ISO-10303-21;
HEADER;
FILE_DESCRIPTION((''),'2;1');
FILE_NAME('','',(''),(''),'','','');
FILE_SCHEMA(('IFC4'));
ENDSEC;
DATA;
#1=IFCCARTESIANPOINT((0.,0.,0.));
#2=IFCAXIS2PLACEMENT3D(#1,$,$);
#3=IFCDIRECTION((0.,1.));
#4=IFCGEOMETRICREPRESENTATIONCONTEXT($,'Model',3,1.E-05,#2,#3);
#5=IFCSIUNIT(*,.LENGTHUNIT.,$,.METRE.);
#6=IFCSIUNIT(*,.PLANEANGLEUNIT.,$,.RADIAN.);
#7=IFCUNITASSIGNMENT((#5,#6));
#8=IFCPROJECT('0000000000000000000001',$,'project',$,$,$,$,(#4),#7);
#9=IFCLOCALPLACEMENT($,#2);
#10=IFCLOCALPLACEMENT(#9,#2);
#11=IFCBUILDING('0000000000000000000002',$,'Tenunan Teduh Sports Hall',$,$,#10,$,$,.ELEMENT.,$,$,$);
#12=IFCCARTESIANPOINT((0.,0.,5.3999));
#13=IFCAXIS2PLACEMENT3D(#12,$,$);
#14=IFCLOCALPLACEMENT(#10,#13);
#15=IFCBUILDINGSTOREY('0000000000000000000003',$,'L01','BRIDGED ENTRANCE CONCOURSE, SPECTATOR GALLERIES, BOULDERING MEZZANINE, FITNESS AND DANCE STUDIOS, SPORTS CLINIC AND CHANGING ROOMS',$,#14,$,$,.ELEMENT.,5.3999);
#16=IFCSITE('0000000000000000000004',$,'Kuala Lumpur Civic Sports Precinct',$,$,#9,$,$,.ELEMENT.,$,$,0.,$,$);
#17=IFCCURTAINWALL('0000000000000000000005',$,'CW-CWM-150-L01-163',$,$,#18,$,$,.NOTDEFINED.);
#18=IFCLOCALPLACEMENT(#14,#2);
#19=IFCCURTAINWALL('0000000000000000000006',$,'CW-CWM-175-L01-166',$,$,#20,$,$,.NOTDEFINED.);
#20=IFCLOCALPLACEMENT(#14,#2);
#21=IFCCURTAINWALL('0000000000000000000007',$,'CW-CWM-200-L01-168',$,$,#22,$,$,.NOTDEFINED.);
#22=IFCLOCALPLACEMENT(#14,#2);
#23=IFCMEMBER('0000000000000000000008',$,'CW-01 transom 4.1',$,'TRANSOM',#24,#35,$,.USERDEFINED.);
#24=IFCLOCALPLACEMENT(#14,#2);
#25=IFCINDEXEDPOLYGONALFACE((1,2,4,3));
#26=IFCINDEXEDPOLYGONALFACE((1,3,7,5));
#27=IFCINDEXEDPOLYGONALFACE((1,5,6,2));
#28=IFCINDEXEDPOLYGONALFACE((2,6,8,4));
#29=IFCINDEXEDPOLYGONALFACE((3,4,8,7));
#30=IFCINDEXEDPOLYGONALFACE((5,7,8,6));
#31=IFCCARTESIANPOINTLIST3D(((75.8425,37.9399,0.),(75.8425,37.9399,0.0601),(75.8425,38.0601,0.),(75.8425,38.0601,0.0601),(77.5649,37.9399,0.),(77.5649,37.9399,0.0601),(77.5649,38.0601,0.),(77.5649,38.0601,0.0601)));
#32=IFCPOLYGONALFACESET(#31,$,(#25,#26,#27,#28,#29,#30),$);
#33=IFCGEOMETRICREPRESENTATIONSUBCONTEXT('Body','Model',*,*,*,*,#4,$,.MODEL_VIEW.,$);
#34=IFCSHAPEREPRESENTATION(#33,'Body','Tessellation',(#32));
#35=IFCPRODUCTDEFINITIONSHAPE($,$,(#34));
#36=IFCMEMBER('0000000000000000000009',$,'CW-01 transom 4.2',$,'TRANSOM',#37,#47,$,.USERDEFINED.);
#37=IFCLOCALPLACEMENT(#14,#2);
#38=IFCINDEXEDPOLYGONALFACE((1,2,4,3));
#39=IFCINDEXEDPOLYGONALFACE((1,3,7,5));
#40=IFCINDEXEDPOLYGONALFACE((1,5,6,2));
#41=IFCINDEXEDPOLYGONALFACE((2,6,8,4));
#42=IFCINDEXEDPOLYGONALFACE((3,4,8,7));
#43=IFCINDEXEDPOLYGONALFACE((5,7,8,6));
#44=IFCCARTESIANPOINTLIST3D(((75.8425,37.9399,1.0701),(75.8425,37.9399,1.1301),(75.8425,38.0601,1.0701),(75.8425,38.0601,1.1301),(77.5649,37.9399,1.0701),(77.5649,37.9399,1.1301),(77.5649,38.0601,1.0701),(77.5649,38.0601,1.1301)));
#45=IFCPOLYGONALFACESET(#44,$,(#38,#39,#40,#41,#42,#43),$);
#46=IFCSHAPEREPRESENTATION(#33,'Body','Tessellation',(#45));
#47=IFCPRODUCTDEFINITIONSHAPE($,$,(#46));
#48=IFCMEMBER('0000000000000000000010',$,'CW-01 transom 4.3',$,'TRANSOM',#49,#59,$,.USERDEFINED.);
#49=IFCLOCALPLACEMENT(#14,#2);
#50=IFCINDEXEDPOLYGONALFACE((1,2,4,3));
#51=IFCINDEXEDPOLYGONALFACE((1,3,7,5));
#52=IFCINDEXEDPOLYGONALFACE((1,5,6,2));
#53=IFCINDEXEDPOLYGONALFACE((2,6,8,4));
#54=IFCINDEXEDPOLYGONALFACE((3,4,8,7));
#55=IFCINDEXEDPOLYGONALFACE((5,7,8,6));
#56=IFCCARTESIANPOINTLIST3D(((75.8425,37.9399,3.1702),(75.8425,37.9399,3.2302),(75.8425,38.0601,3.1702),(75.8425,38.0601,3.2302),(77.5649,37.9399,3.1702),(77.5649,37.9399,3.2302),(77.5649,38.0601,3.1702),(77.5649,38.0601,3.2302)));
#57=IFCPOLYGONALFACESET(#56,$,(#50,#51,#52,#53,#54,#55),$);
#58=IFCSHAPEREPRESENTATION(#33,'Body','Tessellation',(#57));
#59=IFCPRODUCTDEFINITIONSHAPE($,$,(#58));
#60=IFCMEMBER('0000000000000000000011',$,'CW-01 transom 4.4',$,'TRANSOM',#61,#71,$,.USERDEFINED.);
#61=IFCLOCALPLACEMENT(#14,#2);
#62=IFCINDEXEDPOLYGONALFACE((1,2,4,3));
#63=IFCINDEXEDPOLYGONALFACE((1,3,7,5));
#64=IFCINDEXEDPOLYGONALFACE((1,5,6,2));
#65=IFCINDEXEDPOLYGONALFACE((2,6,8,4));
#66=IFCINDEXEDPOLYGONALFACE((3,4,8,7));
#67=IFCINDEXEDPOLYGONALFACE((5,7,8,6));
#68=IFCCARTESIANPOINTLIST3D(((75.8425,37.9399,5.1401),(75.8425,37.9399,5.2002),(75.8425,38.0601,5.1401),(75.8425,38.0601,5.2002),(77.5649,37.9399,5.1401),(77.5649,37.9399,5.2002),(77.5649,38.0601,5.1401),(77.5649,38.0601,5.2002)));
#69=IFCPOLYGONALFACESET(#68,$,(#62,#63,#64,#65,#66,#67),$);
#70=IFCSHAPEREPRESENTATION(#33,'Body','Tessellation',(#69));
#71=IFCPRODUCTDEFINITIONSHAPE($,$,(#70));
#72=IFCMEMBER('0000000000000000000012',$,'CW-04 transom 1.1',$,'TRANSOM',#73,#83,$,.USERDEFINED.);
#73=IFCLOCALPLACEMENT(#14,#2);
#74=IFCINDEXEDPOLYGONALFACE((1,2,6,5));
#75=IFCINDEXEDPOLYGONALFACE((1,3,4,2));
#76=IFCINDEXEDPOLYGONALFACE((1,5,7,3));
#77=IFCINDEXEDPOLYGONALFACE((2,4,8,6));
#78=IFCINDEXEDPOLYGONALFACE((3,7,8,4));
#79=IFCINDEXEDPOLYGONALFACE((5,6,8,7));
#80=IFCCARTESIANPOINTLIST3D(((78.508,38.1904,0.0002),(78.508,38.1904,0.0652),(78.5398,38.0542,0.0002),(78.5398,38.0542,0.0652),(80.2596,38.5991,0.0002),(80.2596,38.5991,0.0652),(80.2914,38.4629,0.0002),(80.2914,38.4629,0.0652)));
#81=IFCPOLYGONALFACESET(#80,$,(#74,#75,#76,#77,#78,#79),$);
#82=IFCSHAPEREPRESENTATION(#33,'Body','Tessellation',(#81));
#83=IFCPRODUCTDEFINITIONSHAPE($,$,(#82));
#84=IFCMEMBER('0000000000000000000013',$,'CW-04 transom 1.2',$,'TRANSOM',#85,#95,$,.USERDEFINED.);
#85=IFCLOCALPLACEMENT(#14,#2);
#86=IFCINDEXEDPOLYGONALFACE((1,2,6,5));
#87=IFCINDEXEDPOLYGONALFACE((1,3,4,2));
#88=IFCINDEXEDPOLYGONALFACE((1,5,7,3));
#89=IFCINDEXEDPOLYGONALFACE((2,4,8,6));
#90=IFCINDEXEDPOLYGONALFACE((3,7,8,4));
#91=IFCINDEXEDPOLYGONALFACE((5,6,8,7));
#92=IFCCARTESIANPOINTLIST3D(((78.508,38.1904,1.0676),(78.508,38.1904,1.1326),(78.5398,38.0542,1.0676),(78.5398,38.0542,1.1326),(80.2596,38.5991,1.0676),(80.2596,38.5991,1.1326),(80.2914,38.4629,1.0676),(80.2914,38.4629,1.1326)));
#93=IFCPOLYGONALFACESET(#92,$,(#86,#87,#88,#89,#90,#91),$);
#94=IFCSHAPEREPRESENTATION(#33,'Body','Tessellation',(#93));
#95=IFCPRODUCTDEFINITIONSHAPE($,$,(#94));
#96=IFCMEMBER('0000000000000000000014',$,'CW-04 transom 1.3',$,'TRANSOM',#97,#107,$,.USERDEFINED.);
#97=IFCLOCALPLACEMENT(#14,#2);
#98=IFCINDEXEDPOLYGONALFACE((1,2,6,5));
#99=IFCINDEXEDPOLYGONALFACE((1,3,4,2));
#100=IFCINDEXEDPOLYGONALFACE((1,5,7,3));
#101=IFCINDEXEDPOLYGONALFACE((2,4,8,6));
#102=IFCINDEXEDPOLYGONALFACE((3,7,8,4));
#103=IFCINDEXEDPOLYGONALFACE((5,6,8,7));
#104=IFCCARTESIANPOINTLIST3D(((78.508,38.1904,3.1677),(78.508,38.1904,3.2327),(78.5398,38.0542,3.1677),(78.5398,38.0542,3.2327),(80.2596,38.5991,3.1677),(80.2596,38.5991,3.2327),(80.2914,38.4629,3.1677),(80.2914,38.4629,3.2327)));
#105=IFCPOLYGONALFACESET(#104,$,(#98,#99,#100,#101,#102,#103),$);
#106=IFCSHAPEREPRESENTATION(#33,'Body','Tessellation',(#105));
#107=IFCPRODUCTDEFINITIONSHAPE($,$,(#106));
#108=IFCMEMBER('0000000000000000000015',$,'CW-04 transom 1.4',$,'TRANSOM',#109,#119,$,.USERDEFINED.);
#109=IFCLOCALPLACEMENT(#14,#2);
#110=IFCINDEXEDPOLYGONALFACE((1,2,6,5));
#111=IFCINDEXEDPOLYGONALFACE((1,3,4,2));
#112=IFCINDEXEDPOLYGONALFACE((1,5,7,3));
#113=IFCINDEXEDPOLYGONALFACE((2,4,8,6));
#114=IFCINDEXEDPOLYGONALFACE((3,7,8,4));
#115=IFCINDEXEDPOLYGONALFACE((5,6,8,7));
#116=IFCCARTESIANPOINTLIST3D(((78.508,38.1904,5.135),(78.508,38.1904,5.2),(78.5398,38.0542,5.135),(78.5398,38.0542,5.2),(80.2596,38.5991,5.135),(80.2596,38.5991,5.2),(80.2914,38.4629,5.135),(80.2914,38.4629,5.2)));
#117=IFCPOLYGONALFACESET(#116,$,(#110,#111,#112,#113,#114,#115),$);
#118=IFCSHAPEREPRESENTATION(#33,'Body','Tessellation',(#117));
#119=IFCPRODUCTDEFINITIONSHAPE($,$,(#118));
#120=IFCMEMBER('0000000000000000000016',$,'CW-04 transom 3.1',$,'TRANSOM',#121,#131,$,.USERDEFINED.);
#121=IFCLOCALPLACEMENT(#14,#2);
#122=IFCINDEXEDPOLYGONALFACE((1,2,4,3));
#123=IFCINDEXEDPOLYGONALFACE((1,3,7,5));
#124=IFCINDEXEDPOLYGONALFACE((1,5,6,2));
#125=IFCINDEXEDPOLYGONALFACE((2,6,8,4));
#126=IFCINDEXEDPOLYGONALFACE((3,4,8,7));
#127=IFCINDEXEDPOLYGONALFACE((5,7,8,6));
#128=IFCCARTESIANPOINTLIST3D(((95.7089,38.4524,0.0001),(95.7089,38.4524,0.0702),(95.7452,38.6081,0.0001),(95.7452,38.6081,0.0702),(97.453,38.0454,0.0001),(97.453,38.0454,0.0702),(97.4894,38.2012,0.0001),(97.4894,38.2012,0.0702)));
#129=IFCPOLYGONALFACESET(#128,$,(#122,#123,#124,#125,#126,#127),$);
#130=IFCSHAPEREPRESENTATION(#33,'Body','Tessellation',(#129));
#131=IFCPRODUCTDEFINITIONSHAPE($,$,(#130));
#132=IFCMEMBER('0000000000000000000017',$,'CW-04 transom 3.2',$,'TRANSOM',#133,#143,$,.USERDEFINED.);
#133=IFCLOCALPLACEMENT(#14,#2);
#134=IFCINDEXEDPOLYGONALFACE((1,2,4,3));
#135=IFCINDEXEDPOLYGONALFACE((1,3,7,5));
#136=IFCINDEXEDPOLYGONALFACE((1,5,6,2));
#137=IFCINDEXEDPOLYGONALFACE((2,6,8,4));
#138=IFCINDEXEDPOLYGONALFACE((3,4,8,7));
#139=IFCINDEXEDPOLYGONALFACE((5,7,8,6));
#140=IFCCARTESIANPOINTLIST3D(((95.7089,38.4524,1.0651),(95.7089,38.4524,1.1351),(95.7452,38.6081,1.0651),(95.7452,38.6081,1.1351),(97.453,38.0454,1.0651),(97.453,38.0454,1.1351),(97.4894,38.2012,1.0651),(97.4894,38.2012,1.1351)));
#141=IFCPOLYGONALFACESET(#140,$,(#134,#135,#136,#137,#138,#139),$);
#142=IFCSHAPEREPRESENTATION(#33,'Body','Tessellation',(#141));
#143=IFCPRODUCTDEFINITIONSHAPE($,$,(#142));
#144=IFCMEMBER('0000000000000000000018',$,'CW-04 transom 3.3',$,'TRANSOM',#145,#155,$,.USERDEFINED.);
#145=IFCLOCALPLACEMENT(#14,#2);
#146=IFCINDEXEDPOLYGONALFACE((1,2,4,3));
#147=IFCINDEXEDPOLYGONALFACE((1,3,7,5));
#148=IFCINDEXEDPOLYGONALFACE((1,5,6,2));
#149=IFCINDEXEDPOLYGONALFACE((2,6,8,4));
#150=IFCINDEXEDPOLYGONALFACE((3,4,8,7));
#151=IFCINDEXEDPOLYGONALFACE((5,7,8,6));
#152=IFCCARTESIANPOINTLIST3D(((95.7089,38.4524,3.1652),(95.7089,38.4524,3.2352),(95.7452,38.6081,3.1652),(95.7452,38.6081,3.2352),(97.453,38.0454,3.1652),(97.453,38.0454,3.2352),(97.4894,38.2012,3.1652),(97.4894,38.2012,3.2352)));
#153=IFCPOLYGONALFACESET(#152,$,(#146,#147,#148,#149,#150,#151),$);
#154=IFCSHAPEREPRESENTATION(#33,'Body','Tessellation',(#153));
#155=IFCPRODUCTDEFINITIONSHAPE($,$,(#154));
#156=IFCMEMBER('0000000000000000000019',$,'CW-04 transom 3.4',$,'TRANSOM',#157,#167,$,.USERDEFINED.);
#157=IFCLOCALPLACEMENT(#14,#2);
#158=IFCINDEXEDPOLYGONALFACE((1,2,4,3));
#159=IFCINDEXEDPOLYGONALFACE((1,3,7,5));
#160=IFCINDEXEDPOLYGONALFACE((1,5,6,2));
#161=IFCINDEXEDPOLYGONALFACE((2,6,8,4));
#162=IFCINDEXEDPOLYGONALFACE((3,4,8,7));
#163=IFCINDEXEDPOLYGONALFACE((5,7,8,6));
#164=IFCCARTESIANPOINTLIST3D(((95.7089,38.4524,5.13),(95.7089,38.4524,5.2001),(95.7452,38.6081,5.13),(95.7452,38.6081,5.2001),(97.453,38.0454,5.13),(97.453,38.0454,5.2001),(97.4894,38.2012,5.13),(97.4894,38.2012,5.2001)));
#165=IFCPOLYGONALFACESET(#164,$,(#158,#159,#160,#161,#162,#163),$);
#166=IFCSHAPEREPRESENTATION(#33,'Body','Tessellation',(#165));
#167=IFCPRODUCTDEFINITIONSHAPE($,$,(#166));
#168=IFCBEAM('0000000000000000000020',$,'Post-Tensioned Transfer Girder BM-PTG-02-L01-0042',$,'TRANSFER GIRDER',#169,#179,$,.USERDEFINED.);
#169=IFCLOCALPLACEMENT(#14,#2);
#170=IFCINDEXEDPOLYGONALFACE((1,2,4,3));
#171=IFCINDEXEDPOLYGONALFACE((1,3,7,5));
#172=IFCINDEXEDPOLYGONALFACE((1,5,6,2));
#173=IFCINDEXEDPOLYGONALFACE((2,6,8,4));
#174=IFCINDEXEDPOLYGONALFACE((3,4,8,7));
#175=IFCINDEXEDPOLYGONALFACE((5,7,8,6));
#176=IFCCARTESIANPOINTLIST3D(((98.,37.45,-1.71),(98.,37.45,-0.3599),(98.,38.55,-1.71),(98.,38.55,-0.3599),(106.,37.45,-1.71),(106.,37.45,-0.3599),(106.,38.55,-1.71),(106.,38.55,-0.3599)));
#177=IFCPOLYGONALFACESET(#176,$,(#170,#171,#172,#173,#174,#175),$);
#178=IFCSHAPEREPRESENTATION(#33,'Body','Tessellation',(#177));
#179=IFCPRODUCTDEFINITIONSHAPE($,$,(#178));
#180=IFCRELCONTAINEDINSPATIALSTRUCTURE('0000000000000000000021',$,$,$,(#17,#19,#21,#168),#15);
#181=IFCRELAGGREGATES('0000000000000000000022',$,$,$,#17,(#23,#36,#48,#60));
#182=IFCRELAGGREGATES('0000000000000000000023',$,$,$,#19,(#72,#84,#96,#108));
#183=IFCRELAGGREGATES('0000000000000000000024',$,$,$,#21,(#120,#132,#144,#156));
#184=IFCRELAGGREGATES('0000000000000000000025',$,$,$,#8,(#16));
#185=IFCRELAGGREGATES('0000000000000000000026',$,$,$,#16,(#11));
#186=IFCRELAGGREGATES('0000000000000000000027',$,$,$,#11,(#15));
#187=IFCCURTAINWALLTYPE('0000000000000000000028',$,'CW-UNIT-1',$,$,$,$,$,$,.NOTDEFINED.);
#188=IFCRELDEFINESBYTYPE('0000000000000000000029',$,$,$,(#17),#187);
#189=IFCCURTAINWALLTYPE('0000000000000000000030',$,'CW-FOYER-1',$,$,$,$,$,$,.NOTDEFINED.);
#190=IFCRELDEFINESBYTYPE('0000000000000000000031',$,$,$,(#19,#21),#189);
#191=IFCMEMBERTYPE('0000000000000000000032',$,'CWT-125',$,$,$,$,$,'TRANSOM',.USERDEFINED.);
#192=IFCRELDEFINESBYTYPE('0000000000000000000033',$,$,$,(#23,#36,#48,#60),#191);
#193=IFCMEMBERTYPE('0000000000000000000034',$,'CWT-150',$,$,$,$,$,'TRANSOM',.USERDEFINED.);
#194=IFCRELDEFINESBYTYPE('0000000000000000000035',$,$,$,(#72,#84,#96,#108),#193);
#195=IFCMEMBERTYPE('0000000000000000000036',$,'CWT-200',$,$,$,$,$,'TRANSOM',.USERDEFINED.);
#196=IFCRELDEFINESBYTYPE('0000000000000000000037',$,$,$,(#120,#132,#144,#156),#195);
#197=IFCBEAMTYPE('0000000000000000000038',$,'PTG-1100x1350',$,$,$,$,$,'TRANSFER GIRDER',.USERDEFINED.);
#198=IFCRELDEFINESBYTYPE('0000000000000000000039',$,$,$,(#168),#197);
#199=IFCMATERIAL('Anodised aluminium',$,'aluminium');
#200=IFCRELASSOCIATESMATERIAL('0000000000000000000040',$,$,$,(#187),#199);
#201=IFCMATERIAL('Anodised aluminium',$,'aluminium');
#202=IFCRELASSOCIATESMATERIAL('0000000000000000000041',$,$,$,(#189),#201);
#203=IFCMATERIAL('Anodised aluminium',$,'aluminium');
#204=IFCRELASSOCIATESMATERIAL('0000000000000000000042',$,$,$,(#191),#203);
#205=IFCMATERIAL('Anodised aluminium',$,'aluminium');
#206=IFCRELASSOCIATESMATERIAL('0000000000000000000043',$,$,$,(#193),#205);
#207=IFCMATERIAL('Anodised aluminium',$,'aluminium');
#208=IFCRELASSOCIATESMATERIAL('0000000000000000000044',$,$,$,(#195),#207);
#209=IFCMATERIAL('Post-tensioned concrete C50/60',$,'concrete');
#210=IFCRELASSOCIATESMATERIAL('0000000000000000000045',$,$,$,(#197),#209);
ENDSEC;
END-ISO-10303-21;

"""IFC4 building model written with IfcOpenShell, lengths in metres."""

from ifc_helpers import new_model, si_unit, direction, frame, origin, origin_2d, place, context, subcontext, project, spatial, rectangle, extrude, material, material_profile, profile_set, type_object, element, aggregate, save


model = new_model("IFC4")

# Units and contexts
model_context = context("Model", 3, precision=1e-05, world=origin(), true_north=direction((0.0, 1.0)))
body_context = subcontext(model_context, "Body", "Model", "MODEL_VIEW")
ifc_project = project(units=[si_unit("LENGTHUNIT", "METRE"), si_unit("PLANEANGLEUNIT", "RADIAN")], contexts=[model_context])

# Site, building, storey
site_placement = place(None, origin())
site = spatial("IfcSite", under=ifc_project, at=site_placement, Name="Kuala Lumpur Civic Sports Precinct", CompositionType="ELEMENT", RefElevation=0.0)
building_placement = place(site_placement, origin())
building = spatial("IfcBuilding", under=site, at=building_placement, Name="Tenunan Teduh Sports Hall", CompositionType="ELEMENT")
storey_placement = place(building_placement, frame((0.0, 0.0, 5.3999)))
storey = spatial("IfcBuildingStorey", under=building, at=storey_placement, Name="L01", Description="BRIDGED ENTRANCE CONCOURSE, SPECTATOR GALLERIES, BOULDERING MEZZANINE, FITNESS AND DANCE STUDIOS, SPORTS CLINIC AND CHANGING ROOMS", CompositionType="ELEMENT", Elevation=5.3999)

# Curtain walls
ifc_material_1 = material(Name="Anodised aluminium", Category="aluminium")
curtain_wall_type_1 = type_object("IfcCurtainWallType", Name="CW-UNIT-1", PredefinedType="NOTDEFINED", material=ifc_material_1)
curtain_wall_1_placement = place(storey_placement, origin())
curtain_wall_1 = element("IfcCurtainWall", 1, at=curtain_wall_1_placement, inside=storey, type_object=curtain_wall_type_1, Name="CW-CWM-150-L01-163", PredefinedType="NOTDEFINED")
ifc_material_2 = material(Name="Anodised aluminium", Category="aluminium")
curtain_wall_type_2 = type_object("IfcCurtainWallType", Name="CW-FOYER-1", PredefinedType="NOTDEFINED", material=ifc_material_2)
curtain_wall_2_placement = place(storey_placement, origin())
curtain_wall_2 = element("IfcCurtainWall", 2, at=curtain_wall_2_placement, inside=storey, type_object=curtain_wall_type_2, Name="CW-CWM-175-L01-166", PredefinedType="NOTDEFINED")

# Curtain wall
curtain_wall_3_placement = place(storey_placement, origin())
curtain_wall_3 = element("IfcCurtainWall", 3, at=curtain_wall_3_placement, inside=storey, type_object=curtain_wall_type_2, Name="CW-CWM-200-L01-168", PredefinedType="NOTDEFINED")

# Members
ifc_material_3 = material(Name="Anodised aluminium", Category="aluminium")
ifc_material_profile_1 = material_profile(ifc_material_3, rectangle(XDim=0.0601, YDim=0.1201, at=origin_2d()), Name="CWT 60x120")
ifc_profile_set_1 = profile_set([ifc_material_profile_1], Name="Anodised aluminium")
member_type_1 = type_object("IfcMemberType", Name="CWT-125", ElementType="TRANSOM", PredefinedType="USERDEFINED", material=ifc_profile_set_1)
member_1_placement = place(storey_placement, frame((75.8425, 38.0, 0.03), z_axis=(1.0, 0.0, 0.0), x_axis=(0.0, 0.0, 1.0)))
member_1 = element("IfcMember", 4, at=member_1_placement, type_object=member_type_1, Name="CW-01 transom 4.1", ObjectType="TRANSOM", PredefinedType="USERDEFINED", context=body_context, shape_type="SweptSolid", body=[
    extrude(rectangle(XDim=0.0601, YDim=0.1201, at=origin_2d()), origin(), (0.0, 0.0, 1.0), 1.7224),
])
member_2_placement = place(storey_placement, frame((75.8425, 38.0, 1.1001), z_axis=(1.0, 0.0, 0.0), x_axis=(0.0, 0.0, 1.0)))
member_2 = element("IfcMember", 5, at=member_2_placement, type_object=member_type_1, Name="CW-01 transom 4.2", ObjectType="TRANSOM", PredefinedType="USERDEFINED", context=body_context, shape_type="SweptSolid", body=[
    extrude(rectangle(XDim=0.0601, YDim=0.1201, at=origin_2d()), origin(), (0.0, 0.0, 1.0), 1.7224),
])
member_3_placement = place(storey_placement, frame((75.8425, 38.0, 3.2002), z_axis=(1.0, 0.0, 0.0), x_axis=(0.0, 0.0, 1.0)))
member_3 = element("IfcMember", 6, at=member_3_placement, type_object=member_type_1, Name="CW-01 transom 4.3", ObjectType="TRANSOM", PredefinedType="USERDEFINED", context=body_context, shape_type="SweptSolid", body=[
    extrude(rectangle(XDim=0.0601, YDim=0.1201, at=origin_2d()), origin(), (0.0, 0.0, 1.0), 1.7224),
])
member_4_placement = place(storey_placement, frame((75.8425, 38.0, 5.1702), z_axis=(1.0, 0.0, 0.0), x_axis=(0.0, 0.0, 1.0)))
member_4 = element("IfcMember", 7, at=member_4_placement, type_object=member_type_1, Name="CW-01 transom 4.4", ObjectType="TRANSOM", PredefinedType="USERDEFINED", context=body_context, shape_type="SweptSolid", body=[
    extrude(rectangle(XDim=0.0601, YDim=0.1201, at=origin_2d()), origin(), (0.0, 0.0, 1.0), 1.7224),
])
ifc_material_4 = material(Name="Anodised aluminium", Category="aluminium")
ifc_material_profile_2 = material_profile(ifc_material_4, rectangle(XDim=0.0649, YDim=0.1399, at=origin_2d()), Name="CWT 65x140")
ifc_profile_set_2 = profile_set([ifc_material_profile_2], Name="Anodised aluminium")
member_type_2 = type_object("IfcMemberType", Name="CWT-150", ElementType="TRANSOM", PredefinedType="USERDEFINED", material=ifc_profile_set_2)
member_5_placement = place(storey_placement, frame((78.5239, 38.1223, 0.0327), z_axis=(0.973839, 0.227238, 0.0), x_axis=(0.0, 0.0, 1.0)))
member_5 = element("IfcMember", 8, at=member_5_placement, type_object=member_type_2, Name="CW-04 transom 1.1", ObjectType="TRANSOM", PredefinedType="USERDEFINED", context=body_context, shape_type="SweptSolid", body=[
    extrude(rectangle(XDim=0.0649, YDim=0.1399, at=origin_2d()), origin(), (0.0, 0.0, 1.0), 1.7986),
])
member_6_placement = place(storey_placement, frame((78.5239, 38.1223, 1.1001), z_axis=(0.973839, 0.227238, 0.0), x_axis=(0.0, 0.0, 1.0)))
member_6 = element("IfcMember", 9, at=member_6_placement, type_object=member_type_2, Name="CW-04 transom 1.2", ObjectType="TRANSOM", PredefinedType="USERDEFINED", context=body_context, shape_type="SweptSolid", body=[
    extrude(rectangle(XDim=0.0649, YDim=0.1399, at=origin_2d()), origin(), (0.0, 0.0, 1.0), 1.7986),
])
member_7_placement = place(storey_placement, frame((78.5239, 38.1223, 3.2002), z_axis=(0.973839, 0.227238, 0.0), x_axis=(0.0, 0.0, 1.0)))
member_7 = element("IfcMember", 10, at=member_7_placement, type_object=member_type_2, Name="CW-04 transom 1.3", ObjectType="TRANSOM", PredefinedType="USERDEFINED", context=body_context, shape_type="SweptSolid", body=[
    extrude(rectangle(XDim=0.0649, YDim=0.1399, at=origin_2d()), origin(), (0.0, 0.0, 1.0), 1.7986),
])
member_8_placement = place(storey_placement, frame((78.5239, 38.1223, 5.1675), z_axis=(0.973839, 0.227238, 0.0), x_axis=(0.0, 0.0, 1.0)))
member_8 = element("IfcMember", 11, at=member_8_placement, type_object=member_type_2, Name="CW-04 transom 1.4", ObjectType="TRANSOM", PredefinedType="USERDEFINED", context=body_context, shape_type="SweptSolid", body=[
    extrude(rectangle(XDim=0.0649, YDim=0.1399, at=origin_2d()), origin(), (0.0, 0.0, 1.0), 1.7986),
])
ifc_material_5 = material(Name="Anodised aluminium", Category="aluminium")
ifc_material_profile_3 = material_profile(ifc_material_5, rectangle(XDim=0.0701, YDim=0.1599, at=origin_2d()), Name="CWT 70x160")
ifc_profile_set_3 = profile_set([ifc_material_profile_3], Name="Anodised aluminium")
member_type_3 = type_object("IfcMemberType", Name="CWT-200", ElementType="TRANSOM", PredefinedType="USERDEFINED", material=ifc_profile_set_3)
member_9_placement = place(storey_placement, frame((95.7271, 38.5303, 0.0352), z_axis=(0.973839, -0.227238, 0.0), x_axis=(0.0, 0.0, 1.0)))
member_9 = element("IfcMember", 12, at=member_9_placement, type_object=member_type_3, Name="CW-04 transom 3.1", ObjectType="TRANSOM", PredefinedType="USERDEFINED", context=body_context, shape_type="SweptSolid", body=[
    extrude(rectangle(XDim=0.0701, YDim=0.1599, at=origin_2d()), origin(), (0.0, 0.0, 1.0), 1.791),
])
member_10_placement = place(storey_placement, frame((95.7271, 38.5303, 1.1001), z_axis=(0.973839, -0.227238, 0.0), x_axis=(0.0, 0.0, 1.0)))
member_10 = element("IfcMember", 13, at=member_10_placement, type_object=member_type_3, Name="CW-04 transom 3.2", ObjectType="TRANSOM", PredefinedType="USERDEFINED", context=body_context, shape_type="SweptSolid", body=[
    extrude(rectangle(XDim=0.0701, YDim=0.1599, at=origin_2d()), origin(), (0.0, 0.0, 1.0), 1.791),
])
member_11_placement = place(storey_placement, frame((95.7271, 38.5303, 3.2002), z_axis=(0.973839, -0.227238, 0.0), x_axis=(0.0, 0.0, 1.0)))
member_11 = element("IfcMember", 14, at=member_11_placement, type_object=member_type_3, Name="CW-04 transom 3.3", ObjectType="TRANSOM", PredefinedType="USERDEFINED", context=body_context, shape_type="SweptSolid", body=[
    extrude(rectangle(XDim=0.0701, YDim=0.1599, at=origin_2d()), origin(), (0.0, 0.0, 1.0), 1.791),
])
member_12_placement = place(storey_placement, frame((95.7271, 38.5303, 5.165), z_axis=(0.973839, -0.227238, 0.0), x_axis=(0.0, 0.0, 1.0)))
member_12 = element("IfcMember", 15, at=member_12_placement, type_object=member_type_3, Name="CW-04 transom 3.4", ObjectType="TRANSOM", PredefinedType="USERDEFINED", context=body_context, shape_type="SweptSolid", body=[
    extrude(rectangle(XDim=0.0701, YDim=0.1599, at=origin_2d()), origin(), (0.0, 0.0, 1.0), 1.791),
])

# Beam
ifc_material_6 = material(Name="Post-tensioned concrete C50/60", Category="concrete")
ifc_material_profile_4 = material_profile(ifc_material_6, rectangle(XDim=1.1001, YDim=1.3501, at=origin_2d()), Name="PTG 1100x1350")
ifc_profile_set_4 = profile_set([ifc_material_profile_4], Name="Post-tensioned concrete C50/60")
beam_type_1 = type_object("IfcBeamType", Name="PTG-1100x1350", ElementType="TRANSFER GIRDER", PredefinedType="USERDEFINED", material=ifc_profile_set_4)
beam_1_placement = place(storey_placement, frame((98.0, 38.0, -1.0349), z_axis=(1.0, 0.0, 0.0), x_axis=(0.0, 1.0, 0.0)))
element("IfcBeam", 16, at=beam_1_placement, inside=storey, type_object=beam_type_1, Name="Post-Tensioned Transfer Girder BM-PTG-02-L01-0042", ObjectType="TRANSFER GIRDER", PredefinedType="USERDEFINED", context=body_context, shape_type="SweptSolid", body=[
    extrude(rectangle(XDim=1.1001, YDim=1.3501, at=origin_2d()), origin(), (0.0, 0.0, 1.0), 8.0),
])

aggregate(curtain_wall_1, [member_1, member_2, member_3, member_4])
aggregate(curtain_wall_2, [member_5, member_6, member_7, member_8])
aggregate(curtain_wall_3, [member_9, member_10, member_11, member_12])

save(model, "model.ifc")
